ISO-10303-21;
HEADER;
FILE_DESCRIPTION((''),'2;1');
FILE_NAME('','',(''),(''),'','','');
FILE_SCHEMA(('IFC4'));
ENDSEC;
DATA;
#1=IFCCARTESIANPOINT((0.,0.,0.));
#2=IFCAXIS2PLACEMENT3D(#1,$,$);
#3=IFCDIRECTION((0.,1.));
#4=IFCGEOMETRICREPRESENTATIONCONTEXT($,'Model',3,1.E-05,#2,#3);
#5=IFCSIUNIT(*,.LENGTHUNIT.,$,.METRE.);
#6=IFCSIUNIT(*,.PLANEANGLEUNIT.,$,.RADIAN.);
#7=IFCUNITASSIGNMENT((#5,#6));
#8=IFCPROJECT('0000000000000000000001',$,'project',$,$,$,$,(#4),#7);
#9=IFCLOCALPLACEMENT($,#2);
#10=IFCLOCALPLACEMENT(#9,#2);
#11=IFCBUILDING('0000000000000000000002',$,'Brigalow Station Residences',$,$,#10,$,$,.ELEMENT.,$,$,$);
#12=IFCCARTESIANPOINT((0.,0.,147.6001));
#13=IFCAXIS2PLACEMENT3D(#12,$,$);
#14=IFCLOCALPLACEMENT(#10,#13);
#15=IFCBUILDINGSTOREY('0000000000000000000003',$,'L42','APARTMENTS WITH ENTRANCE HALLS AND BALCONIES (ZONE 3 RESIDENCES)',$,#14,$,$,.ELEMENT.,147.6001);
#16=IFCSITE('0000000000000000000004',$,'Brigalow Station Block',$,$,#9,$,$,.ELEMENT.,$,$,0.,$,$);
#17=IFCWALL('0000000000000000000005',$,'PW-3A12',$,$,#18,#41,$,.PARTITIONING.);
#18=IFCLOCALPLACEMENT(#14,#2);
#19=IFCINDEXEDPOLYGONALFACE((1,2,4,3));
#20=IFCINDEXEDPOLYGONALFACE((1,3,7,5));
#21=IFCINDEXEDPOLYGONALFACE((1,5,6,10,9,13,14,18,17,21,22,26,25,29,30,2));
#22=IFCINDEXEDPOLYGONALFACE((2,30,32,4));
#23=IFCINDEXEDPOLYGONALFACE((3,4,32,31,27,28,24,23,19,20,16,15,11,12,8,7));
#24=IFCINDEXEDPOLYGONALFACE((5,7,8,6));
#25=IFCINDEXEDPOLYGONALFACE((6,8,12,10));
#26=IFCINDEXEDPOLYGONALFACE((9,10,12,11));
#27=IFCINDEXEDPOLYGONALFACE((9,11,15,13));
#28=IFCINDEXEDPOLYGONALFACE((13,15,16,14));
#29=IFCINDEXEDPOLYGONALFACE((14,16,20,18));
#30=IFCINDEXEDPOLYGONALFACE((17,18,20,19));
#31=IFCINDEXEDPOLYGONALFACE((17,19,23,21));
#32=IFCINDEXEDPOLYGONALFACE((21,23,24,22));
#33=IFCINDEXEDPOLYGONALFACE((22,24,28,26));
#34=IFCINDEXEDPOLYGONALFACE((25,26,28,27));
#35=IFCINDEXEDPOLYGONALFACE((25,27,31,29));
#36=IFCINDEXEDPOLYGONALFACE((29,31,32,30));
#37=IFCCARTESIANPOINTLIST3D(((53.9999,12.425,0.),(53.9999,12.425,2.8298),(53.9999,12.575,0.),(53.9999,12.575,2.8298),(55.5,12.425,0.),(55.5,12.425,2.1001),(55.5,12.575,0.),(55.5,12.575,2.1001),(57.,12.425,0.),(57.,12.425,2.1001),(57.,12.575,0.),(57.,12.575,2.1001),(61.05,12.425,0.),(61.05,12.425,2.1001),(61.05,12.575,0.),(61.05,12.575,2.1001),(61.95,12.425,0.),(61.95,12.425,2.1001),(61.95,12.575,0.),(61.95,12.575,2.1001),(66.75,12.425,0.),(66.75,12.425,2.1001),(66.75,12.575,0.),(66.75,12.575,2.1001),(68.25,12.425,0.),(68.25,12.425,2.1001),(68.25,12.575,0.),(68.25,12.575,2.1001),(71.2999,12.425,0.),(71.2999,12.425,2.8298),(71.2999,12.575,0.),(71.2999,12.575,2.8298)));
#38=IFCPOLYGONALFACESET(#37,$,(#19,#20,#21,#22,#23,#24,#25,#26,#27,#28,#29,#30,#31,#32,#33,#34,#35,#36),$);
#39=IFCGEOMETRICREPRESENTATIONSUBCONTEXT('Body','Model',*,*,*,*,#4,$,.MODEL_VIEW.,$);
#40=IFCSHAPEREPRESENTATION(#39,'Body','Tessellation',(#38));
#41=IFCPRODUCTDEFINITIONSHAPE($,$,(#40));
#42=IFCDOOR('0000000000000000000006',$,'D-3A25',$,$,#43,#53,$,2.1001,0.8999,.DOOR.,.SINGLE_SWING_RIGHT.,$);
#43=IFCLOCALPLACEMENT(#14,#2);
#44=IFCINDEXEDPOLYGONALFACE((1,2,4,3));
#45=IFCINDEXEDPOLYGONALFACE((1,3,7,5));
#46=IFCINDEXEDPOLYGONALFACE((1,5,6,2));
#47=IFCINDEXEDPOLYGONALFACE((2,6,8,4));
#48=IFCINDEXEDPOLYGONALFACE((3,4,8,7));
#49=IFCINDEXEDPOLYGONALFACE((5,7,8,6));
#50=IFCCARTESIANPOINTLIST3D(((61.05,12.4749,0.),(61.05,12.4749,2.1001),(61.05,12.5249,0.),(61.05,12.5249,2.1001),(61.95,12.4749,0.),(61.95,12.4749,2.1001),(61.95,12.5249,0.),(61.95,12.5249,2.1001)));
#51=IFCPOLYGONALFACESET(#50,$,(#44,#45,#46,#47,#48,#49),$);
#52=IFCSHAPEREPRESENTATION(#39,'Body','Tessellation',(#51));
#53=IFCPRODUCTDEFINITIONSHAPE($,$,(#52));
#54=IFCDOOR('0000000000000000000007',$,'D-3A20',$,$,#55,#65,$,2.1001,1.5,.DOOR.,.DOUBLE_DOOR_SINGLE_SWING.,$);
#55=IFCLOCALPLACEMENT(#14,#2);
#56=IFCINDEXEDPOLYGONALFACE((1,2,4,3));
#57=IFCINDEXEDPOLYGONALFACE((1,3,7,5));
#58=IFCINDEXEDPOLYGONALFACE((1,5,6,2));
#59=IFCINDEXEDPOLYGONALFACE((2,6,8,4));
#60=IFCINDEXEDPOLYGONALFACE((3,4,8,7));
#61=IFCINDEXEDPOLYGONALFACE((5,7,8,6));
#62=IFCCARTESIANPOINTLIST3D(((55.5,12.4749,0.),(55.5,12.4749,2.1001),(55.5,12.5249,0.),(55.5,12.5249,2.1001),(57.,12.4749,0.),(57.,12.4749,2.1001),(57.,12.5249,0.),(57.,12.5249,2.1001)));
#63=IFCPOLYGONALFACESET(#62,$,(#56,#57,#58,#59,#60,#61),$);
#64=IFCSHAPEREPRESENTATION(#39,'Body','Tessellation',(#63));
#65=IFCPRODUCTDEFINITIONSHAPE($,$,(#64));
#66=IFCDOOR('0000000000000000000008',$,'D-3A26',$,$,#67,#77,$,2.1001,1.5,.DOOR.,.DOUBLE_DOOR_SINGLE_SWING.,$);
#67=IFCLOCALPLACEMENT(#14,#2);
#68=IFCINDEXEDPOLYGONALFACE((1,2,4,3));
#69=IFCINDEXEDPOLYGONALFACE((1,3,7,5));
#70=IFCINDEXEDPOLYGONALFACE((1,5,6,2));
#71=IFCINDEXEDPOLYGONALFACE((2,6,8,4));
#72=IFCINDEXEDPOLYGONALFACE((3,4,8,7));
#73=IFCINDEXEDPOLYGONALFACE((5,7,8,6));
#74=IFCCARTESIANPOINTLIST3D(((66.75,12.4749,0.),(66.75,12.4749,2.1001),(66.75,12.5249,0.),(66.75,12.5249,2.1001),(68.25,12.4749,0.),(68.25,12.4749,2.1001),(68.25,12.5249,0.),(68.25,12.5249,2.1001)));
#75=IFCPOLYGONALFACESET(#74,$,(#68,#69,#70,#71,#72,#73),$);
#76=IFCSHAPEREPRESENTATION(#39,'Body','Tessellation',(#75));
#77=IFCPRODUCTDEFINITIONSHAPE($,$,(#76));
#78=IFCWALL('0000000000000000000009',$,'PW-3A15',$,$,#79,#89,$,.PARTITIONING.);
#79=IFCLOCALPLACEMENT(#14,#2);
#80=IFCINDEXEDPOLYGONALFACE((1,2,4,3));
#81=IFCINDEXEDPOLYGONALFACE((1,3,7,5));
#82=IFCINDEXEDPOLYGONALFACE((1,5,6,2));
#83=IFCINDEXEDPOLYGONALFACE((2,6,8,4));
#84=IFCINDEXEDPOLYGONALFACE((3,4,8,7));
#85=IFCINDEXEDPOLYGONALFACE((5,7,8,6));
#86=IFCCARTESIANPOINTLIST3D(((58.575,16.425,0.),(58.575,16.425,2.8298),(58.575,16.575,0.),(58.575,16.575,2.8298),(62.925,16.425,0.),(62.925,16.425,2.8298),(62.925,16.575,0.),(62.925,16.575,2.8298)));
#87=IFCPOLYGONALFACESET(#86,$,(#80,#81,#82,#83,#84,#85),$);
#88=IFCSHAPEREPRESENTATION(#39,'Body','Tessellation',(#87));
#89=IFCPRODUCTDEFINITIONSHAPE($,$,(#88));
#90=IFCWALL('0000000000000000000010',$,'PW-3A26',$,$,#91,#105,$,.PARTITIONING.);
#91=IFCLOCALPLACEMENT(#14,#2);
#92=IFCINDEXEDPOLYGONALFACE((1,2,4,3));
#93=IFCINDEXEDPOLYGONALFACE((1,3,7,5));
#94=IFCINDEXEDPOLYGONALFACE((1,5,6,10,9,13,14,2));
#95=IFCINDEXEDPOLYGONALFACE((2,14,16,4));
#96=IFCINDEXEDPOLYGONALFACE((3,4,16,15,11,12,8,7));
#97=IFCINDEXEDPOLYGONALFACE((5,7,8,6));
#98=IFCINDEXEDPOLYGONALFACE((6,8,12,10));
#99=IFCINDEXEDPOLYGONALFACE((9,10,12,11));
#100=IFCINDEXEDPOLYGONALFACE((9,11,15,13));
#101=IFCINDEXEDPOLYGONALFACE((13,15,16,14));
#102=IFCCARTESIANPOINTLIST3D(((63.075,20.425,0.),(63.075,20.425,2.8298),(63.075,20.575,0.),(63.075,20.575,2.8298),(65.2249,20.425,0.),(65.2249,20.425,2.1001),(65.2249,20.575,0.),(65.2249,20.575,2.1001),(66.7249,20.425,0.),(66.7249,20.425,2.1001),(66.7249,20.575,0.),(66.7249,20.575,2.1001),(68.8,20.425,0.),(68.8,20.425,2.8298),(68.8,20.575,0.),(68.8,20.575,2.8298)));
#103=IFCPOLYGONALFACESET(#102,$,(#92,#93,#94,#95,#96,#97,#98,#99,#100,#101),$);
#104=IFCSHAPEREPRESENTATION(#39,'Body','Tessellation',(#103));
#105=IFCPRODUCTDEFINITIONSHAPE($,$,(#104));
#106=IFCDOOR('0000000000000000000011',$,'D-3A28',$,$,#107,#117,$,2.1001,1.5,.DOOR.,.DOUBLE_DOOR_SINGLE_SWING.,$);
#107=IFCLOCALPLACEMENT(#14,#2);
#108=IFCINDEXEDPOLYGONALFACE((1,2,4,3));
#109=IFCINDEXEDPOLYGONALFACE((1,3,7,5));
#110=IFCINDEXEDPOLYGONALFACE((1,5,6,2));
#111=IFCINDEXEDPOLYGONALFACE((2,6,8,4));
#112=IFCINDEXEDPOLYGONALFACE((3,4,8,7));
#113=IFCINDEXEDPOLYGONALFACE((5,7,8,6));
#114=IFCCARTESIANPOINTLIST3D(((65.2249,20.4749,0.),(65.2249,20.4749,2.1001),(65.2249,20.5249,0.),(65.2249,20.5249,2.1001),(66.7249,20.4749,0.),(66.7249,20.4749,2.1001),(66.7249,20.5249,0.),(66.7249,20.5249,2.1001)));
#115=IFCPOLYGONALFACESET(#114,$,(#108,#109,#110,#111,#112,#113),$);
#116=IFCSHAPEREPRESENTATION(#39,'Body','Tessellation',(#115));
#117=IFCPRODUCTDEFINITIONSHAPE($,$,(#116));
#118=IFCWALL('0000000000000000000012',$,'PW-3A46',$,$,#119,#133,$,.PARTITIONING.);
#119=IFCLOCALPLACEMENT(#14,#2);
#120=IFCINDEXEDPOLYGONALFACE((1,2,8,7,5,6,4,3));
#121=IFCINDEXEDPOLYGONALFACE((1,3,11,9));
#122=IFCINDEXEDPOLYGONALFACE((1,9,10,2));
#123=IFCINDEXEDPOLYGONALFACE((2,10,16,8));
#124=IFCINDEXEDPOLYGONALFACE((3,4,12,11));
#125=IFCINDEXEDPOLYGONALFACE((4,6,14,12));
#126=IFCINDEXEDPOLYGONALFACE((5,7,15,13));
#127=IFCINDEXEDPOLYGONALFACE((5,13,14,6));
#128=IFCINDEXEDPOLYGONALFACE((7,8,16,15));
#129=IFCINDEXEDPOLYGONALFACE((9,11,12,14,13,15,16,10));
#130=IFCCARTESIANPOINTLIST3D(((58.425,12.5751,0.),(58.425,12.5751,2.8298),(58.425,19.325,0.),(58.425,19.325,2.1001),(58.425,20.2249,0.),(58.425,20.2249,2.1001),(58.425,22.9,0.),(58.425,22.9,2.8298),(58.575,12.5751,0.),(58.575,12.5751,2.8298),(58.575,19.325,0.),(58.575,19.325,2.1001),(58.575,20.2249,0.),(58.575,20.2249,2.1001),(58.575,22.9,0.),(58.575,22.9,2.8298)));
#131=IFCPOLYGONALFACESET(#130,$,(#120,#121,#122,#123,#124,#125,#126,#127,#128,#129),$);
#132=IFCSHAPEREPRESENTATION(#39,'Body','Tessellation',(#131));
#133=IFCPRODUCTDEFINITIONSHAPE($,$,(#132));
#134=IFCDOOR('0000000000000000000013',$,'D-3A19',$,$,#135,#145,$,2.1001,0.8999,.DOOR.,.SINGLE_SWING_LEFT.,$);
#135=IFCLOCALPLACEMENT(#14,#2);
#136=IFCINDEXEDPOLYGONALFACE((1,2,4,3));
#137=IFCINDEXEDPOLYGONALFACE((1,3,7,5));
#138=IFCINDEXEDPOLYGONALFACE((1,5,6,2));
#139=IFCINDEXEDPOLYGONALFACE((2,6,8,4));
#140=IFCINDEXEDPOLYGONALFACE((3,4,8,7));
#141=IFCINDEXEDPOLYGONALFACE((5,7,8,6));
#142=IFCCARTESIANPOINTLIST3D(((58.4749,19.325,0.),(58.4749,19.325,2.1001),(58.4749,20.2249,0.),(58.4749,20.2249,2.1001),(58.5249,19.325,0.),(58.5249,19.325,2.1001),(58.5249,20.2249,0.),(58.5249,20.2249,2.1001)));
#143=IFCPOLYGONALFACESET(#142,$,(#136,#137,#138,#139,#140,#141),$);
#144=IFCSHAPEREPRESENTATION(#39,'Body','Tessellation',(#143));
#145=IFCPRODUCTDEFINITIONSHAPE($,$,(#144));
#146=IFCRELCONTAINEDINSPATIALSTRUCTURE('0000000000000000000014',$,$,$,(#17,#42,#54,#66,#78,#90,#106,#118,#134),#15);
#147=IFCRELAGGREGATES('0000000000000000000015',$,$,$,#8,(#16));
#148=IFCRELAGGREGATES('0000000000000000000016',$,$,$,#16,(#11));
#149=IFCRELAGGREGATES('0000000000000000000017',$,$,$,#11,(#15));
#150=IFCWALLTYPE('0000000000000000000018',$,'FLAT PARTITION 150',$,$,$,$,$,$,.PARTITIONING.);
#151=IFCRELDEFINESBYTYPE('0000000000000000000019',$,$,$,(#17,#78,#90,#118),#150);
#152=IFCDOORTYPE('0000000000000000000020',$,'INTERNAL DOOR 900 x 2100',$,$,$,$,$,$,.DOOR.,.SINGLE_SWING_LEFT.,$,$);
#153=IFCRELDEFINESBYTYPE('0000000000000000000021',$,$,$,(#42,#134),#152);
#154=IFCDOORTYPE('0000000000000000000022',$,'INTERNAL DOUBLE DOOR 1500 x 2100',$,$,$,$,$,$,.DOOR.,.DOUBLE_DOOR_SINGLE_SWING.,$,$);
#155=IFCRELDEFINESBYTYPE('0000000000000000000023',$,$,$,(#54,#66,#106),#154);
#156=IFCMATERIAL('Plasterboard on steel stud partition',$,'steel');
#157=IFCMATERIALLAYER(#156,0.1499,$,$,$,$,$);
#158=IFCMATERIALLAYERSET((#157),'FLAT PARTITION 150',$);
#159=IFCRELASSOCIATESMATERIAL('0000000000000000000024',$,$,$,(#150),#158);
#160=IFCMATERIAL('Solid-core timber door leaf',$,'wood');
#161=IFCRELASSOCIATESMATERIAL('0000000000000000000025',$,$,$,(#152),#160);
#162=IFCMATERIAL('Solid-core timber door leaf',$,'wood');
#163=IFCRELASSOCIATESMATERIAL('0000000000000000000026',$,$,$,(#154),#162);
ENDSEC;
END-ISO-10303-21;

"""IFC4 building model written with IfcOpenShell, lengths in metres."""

from ifc_helpers import new_model, si_unit, direction, frame, frame_2d, origin, place, context, subcontext, project, spatial, rectangle, extrude, material, layer, layer_set, type_object, element, fill, save


model = new_model("IFC4")

# Units and contexts
model_context = context("Model", 3, precision=1e-05, world=origin(), true_north=direction((0.0, 1.0)))
body_context = subcontext(model_context, "Body", "Model", "MODEL_VIEW")
ifc_project = project(units=[si_unit("LENGTHUNIT", "METRE"), si_unit("PLANEANGLEUNIT", "RADIAN")], contexts=[model_context])

# Site, building, storey
site_placement = place(None, origin())
site = spatial("IfcSite", under=ifc_project, at=site_placement, Name="Brigalow Station Block", CompositionType="ELEMENT", RefElevation=0.0)
building_placement = place(site_placement, origin())
building = spatial("IfcBuilding", under=site, at=building_placement, Name="Brigalow Station Residences", CompositionType="ELEMENT")
storey_placement = place(building_placement, frame((0.0, 0.0, 147.6001)))
storey = spatial("IfcBuildingStorey", under=building, at=storey_placement, Name="L42", Description="APARTMENTS WITH ENTRANCE HALLS AND BALCONIES (ZONE 3 RESIDENCES)", CompositionType="ELEMENT", Elevation=147.6001)

# Wall, openings, doors
ifc_material_1 = material(Name="Plasterboard on steel stud partition", Category="steel")
ifc_layer_1 = layer(ifc_material_1, 0.1499)
ifc_layer_set_1 = layer_set([ifc_layer_1], Name="FLAT PARTITION 150")
wall_type_1 = type_object("IfcWallType", Name="FLAT PARTITION 150", PredefinedType="PARTITIONING", material=ifc_layer_set_1)
wall_1_placement = place(storey_placement, frame((54.0, 12.5, 0.0), z_axis=(0.0, 0.0, 1.0), x_axis=(1.0, 0.0, 0.0)))
wall_1 = element("IfcWall", 1, at=wall_1_placement, inside=storey, type_object=wall_type_1, Name="PW-3A12", PredefinedType="PARTITIONING", context=body_context, shape_type="SweptSolid", body=[
    extrude(rectangle(XDim=17.3, YDim=0.1499, at=frame_2d((8.6499, 0.0))), origin(), (0.0, 0.0, 1.0), 2.8298),
])
opening_1_placement = place(wall_1_placement, frame((1.5, 0.0, 0.0)))
opening_1 = element("IfcOpeningElement", 2, at=opening_1_placement, cuts=wall_1, PredefinedType="OPENING", context=body_context, shape_type="SweptSolid", body=[
    extrude(rectangle(XDim=1.5, YDim=2.1001, at=frame_2d((0.75, 1.05))), frame((0.0, 0.085, 0.0), z_axis=(0.0, -1.0, 0.0), x_axis=(1.0, 0.0, 0.0)), (0.0, 0.0, 1.0), 0.1699),
])
opening_2_placement = place(wall_1_placement, frame((7.05, 0.0, 0.0)))
opening_2 = element("IfcOpeningElement", 3, at=opening_2_placement, cuts=wall_1, PredefinedType="OPENING", context=body_context, shape_type="SweptSolid", body=[
    extrude(rectangle(XDim=0.8999, YDim=2.1001, at=frame_2d((0.45, 1.05))), frame((0.0, 0.085, 0.0), z_axis=(0.0, -1.0, 0.0), x_axis=(1.0, 0.0, 0.0)), (0.0, 0.0, 1.0), 0.1699),
])
opening_3_placement = place(wall_1_placement, frame((12.75, 0.0, 0.0)))
opening_3 = element("IfcOpeningElement", 4, at=opening_3_placement, cuts=wall_1, PredefinedType="OPENING", context=body_context, shape_type="SweptSolid", body=[
    extrude(rectangle(XDim=1.5, YDim=2.1001, at=frame_2d((0.75, 1.05))), frame((0.0, 0.085, 0.0), z_axis=(0.0, -1.0, 0.0), x_axis=(1.0, 0.0, 0.0)), (0.0, 0.0, 1.0), 0.1699),
])
ifc_material_2 = material(Name="Solid-core timber door leaf", Category="wood")
door_type_1 = type_object("IfcDoorType", Name="INTERNAL DOOR 900 x 2100", OperationType="SINGLE_SWING_LEFT", PredefinedType="DOOR", material=ifc_material_2)
door_1_placement = place(opening_2_placement, origin())
door_1 = element("IfcDoor", 5, at=door_1_placement, inside=storey, type_object=door_type_1, Name="D-3A25", OperationType="SINGLE_SWING_RIGHT", OverallHeight=2.1001, OverallWidth=0.8999, PredefinedType="DOOR", context=body_context, shape_type="SweptSolid", body=[
    extrude(rectangle(XDim=0.8999, YDim=2.1001, at=frame_2d((0.45, 1.05))), frame((0.0, 0.0249, 0.0), z_axis=(0.0, -1.0, 0.0), x_axis=(1.0, 0.0, 0.0)), (0.0, 0.0, 1.0), 0.05),
])
fill(opening_2, door_1)
ifc_material_3 = material(Name="Solid-core timber door leaf", Category="wood")
door_type_2 = type_object("IfcDoorType", Name="INTERNAL DOUBLE DOOR 1500 x 2100", OperationType="DOUBLE_DOOR_SINGLE_SWING", PredefinedType="DOOR", material=ifc_material_3)
door_2_placement = place(opening_1_placement, origin())
door_2 = element("IfcDoor", 6, at=door_2_placement, inside=storey, type_object=door_type_2, Name="D-3A20", OperationType="DOUBLE_DOOR_SINGLE_SWING", OverallHeight=2.1001, OverallWidth=1.5, PredefinedType="DOOR", context=body_context, shape_type="SweptSolid", body=[
    extrude(rectangle(XDim=1.5, YDim=2.1001, at=frame_2d((0.75, 1.05))), frame((0.0, 0.0249, 0.0), z_axis=(0.0, -1.0, 0.0), x_axis=(1.0, 0.0, 0.0)), (0.0, 0.0, 1.0), 0.05),
])
fill(opening_1, door_2)
door_3_placement = place(opening_3_placement, origin())
door_3 = element("IfcDoor", 7, at=door_3_placement, inside=storey, type_object=door_type_2, Name="D-3A26", OperationType="DOUBLE_DOOR_SINGLE_SWING", OverallHeight=2.1001, OverallWidth=1.5, PredefinedType="DOOR", context=body_context, shape_type="SweptSolid", body=[
    extrude(rectangle(XDim=1.5, YDim=2.1001, at=frame_2d((0.75, 1.05))), frame((0.0, 0.0249, 0.0), z_axis=(0.0, -1.0, 0.0), x_axis=(1.0, 0.0, 0.0)), (0.0, 0.0, 1.0), 0.05),
])
fill(opening_3, door_3)

# Wall
wall_2_placement = place(storey_placement, frame((58.575, 16.5, 0.0), z_axis=(0.0, 0.0, 1.0), x_axis=(1.0, 0.0, 0.0)))
element("IfcWall", 8, at=wall_2_placement, inside=storey, type_object=wall_type_1, Name="PW-3A15", PredefinedType="PARTITIONING", context=body_context, shape_type="SweptSolid", body=[
    extrude(rectangle(XDim=4.3501, YDim=0.1499, at=frame_2d((2.175, 0.0))), origin(), (0.0, 0.0, 1.0), 2.8298),
])

# Walls, openings, doors
wall_3_placement = place(storey_placement, frame((63.075, 20.5, 0.0), z_axis=(0.0, 0.0, 1.0), x_axis=(1.0, 0.0, 0.0)))
wall_3 = element("IfcWall", 9, at=wall_3_placement, inside=storey, type_object=wall_type_1, Name="PW-3A26", PredefinedType="PARTITIONING", context=body_context, shape_type="SweptSolid", body=[
    extrude(rectangle(XDim=5.7251, YDim=0.1499, at=frame_2d((2.8625, 0.0))), origin(), (0.0, 0.0, 1.0), 2.8298),
])
opening_4_placement = place(wall_3_placement, frame((2.1499, 0.0, 0.0)))
opening_4 = element("IfcOpeningElement", 10, at=opening_4_placement, cuts=wall_3, PredefinedType="OPENING", context=body_context, shape_type="SweptSolid", body=[
    extrude(rectangle(XDim=1.5, YDim=2.1001, at=frame_2d((0.75, 1.05))), frame((0.0, 0.085, 0.0), z_axis=(0.0, -1.0, 0.0), x_axis=(1.0, 0.0, 0.0)), (0.0, 0.0, 1.0), 0.1699),
])
door_4_placement = place(opening_4_placement, origin())
door_4 = element("IfcDoor", 11, at=door_4_placement, inside=storey, type_object=door_type_2, Name="D-3A28", OperationType="DOUBLE_DOOR_SINGLE_SWING", OverallHeight=2.1001, OverallWidth=1.5, PredefinedType="DOOR", context=body_context, shape_type="SweptSolid", body=[
    extrude(rectangle(XDim=1.5, YDim=2.1001, at=frame_2d((0.75, 1.05))), frame((0.0, 0.0249, 0.0), z_axis=(0.0, -1.0, 0.0), x_axis=(1.0, 0.0, 0.0)), (0.0, 0.0, 1.0), 0.05),
])
fill(opening_4, door_4)
wall_4_placement = place(storey_placement, frame((58.5, 12.575, 0.0), z_axis=(0.0, 0.0, 1.0), x_axis=(0.0, 1.0, 0.0)))
wall_4 = element("IfcWall", 12, at=wall_4_placement, inside=storey, type_object=wall_type_1, Name="PW-3A46", PredefinedType="PARTITIONING", context=body_context, shape_type="SweptSolid", body=[
    extrude(rectangle(XDim=10.325, YDim=0.1499, at=frame_2d((5.1626, 0.0))), origin(), (0.0, 0.0, 1.0), 2.8298),
])
opening_5_placement = place(wall_4_placement, frame((6.75, 0.0, 0.0)))
opening_5 = element("IfcOpeningElement", 13, at=opening_5_placement, cuts=wall_4, PredefinedType="OPENING", context=body_context, shape_type="SweptSolid", body=[
    extrude(rectangle(XDim=0.8999, YDim=2.1001, at=frame_2d((0.45, 1.05))), frame((0.0, 0.085, 0.0), z_axis=(0.0, -1.0, 0.0), x_axis=(1.0, 0.0, 0.0)), (0.0, 0.0, 1.0), 0.1699),
])
door_5_placement = place(opening_5_placement, frame((0.8999, 0.0, 0.0), z_axis=(0.0, 0.0, 1.0), x_axis=(-1.0, 0.0, 0.0)))
door_5 = element("IfcDoor", 14, at=door_5_placement, inside=storey, type_object=door_type_1, Name="D-3A19", OperationType="SINGLE_SWING_LEFT", OverallHeight=2.1001, OverallWidth=0.8999, PredefinedType="DOOR", context=body_context, shape_type="SweptSolid", body=[
    extrude(rectangle(XDim=0.8999, YDim=2.1001, at=frame_2d((0.45, 1.05))), frame((0.0, 0.0249, 0.0), z_axis=(0.0, -1.0, 0.0), x_axis=(1.0, 0.0, 0.0)), (0.0, 0.0, 1.0), 0.05),
])
fill(opening_5, door_5)

save(model, "model.ifc")
